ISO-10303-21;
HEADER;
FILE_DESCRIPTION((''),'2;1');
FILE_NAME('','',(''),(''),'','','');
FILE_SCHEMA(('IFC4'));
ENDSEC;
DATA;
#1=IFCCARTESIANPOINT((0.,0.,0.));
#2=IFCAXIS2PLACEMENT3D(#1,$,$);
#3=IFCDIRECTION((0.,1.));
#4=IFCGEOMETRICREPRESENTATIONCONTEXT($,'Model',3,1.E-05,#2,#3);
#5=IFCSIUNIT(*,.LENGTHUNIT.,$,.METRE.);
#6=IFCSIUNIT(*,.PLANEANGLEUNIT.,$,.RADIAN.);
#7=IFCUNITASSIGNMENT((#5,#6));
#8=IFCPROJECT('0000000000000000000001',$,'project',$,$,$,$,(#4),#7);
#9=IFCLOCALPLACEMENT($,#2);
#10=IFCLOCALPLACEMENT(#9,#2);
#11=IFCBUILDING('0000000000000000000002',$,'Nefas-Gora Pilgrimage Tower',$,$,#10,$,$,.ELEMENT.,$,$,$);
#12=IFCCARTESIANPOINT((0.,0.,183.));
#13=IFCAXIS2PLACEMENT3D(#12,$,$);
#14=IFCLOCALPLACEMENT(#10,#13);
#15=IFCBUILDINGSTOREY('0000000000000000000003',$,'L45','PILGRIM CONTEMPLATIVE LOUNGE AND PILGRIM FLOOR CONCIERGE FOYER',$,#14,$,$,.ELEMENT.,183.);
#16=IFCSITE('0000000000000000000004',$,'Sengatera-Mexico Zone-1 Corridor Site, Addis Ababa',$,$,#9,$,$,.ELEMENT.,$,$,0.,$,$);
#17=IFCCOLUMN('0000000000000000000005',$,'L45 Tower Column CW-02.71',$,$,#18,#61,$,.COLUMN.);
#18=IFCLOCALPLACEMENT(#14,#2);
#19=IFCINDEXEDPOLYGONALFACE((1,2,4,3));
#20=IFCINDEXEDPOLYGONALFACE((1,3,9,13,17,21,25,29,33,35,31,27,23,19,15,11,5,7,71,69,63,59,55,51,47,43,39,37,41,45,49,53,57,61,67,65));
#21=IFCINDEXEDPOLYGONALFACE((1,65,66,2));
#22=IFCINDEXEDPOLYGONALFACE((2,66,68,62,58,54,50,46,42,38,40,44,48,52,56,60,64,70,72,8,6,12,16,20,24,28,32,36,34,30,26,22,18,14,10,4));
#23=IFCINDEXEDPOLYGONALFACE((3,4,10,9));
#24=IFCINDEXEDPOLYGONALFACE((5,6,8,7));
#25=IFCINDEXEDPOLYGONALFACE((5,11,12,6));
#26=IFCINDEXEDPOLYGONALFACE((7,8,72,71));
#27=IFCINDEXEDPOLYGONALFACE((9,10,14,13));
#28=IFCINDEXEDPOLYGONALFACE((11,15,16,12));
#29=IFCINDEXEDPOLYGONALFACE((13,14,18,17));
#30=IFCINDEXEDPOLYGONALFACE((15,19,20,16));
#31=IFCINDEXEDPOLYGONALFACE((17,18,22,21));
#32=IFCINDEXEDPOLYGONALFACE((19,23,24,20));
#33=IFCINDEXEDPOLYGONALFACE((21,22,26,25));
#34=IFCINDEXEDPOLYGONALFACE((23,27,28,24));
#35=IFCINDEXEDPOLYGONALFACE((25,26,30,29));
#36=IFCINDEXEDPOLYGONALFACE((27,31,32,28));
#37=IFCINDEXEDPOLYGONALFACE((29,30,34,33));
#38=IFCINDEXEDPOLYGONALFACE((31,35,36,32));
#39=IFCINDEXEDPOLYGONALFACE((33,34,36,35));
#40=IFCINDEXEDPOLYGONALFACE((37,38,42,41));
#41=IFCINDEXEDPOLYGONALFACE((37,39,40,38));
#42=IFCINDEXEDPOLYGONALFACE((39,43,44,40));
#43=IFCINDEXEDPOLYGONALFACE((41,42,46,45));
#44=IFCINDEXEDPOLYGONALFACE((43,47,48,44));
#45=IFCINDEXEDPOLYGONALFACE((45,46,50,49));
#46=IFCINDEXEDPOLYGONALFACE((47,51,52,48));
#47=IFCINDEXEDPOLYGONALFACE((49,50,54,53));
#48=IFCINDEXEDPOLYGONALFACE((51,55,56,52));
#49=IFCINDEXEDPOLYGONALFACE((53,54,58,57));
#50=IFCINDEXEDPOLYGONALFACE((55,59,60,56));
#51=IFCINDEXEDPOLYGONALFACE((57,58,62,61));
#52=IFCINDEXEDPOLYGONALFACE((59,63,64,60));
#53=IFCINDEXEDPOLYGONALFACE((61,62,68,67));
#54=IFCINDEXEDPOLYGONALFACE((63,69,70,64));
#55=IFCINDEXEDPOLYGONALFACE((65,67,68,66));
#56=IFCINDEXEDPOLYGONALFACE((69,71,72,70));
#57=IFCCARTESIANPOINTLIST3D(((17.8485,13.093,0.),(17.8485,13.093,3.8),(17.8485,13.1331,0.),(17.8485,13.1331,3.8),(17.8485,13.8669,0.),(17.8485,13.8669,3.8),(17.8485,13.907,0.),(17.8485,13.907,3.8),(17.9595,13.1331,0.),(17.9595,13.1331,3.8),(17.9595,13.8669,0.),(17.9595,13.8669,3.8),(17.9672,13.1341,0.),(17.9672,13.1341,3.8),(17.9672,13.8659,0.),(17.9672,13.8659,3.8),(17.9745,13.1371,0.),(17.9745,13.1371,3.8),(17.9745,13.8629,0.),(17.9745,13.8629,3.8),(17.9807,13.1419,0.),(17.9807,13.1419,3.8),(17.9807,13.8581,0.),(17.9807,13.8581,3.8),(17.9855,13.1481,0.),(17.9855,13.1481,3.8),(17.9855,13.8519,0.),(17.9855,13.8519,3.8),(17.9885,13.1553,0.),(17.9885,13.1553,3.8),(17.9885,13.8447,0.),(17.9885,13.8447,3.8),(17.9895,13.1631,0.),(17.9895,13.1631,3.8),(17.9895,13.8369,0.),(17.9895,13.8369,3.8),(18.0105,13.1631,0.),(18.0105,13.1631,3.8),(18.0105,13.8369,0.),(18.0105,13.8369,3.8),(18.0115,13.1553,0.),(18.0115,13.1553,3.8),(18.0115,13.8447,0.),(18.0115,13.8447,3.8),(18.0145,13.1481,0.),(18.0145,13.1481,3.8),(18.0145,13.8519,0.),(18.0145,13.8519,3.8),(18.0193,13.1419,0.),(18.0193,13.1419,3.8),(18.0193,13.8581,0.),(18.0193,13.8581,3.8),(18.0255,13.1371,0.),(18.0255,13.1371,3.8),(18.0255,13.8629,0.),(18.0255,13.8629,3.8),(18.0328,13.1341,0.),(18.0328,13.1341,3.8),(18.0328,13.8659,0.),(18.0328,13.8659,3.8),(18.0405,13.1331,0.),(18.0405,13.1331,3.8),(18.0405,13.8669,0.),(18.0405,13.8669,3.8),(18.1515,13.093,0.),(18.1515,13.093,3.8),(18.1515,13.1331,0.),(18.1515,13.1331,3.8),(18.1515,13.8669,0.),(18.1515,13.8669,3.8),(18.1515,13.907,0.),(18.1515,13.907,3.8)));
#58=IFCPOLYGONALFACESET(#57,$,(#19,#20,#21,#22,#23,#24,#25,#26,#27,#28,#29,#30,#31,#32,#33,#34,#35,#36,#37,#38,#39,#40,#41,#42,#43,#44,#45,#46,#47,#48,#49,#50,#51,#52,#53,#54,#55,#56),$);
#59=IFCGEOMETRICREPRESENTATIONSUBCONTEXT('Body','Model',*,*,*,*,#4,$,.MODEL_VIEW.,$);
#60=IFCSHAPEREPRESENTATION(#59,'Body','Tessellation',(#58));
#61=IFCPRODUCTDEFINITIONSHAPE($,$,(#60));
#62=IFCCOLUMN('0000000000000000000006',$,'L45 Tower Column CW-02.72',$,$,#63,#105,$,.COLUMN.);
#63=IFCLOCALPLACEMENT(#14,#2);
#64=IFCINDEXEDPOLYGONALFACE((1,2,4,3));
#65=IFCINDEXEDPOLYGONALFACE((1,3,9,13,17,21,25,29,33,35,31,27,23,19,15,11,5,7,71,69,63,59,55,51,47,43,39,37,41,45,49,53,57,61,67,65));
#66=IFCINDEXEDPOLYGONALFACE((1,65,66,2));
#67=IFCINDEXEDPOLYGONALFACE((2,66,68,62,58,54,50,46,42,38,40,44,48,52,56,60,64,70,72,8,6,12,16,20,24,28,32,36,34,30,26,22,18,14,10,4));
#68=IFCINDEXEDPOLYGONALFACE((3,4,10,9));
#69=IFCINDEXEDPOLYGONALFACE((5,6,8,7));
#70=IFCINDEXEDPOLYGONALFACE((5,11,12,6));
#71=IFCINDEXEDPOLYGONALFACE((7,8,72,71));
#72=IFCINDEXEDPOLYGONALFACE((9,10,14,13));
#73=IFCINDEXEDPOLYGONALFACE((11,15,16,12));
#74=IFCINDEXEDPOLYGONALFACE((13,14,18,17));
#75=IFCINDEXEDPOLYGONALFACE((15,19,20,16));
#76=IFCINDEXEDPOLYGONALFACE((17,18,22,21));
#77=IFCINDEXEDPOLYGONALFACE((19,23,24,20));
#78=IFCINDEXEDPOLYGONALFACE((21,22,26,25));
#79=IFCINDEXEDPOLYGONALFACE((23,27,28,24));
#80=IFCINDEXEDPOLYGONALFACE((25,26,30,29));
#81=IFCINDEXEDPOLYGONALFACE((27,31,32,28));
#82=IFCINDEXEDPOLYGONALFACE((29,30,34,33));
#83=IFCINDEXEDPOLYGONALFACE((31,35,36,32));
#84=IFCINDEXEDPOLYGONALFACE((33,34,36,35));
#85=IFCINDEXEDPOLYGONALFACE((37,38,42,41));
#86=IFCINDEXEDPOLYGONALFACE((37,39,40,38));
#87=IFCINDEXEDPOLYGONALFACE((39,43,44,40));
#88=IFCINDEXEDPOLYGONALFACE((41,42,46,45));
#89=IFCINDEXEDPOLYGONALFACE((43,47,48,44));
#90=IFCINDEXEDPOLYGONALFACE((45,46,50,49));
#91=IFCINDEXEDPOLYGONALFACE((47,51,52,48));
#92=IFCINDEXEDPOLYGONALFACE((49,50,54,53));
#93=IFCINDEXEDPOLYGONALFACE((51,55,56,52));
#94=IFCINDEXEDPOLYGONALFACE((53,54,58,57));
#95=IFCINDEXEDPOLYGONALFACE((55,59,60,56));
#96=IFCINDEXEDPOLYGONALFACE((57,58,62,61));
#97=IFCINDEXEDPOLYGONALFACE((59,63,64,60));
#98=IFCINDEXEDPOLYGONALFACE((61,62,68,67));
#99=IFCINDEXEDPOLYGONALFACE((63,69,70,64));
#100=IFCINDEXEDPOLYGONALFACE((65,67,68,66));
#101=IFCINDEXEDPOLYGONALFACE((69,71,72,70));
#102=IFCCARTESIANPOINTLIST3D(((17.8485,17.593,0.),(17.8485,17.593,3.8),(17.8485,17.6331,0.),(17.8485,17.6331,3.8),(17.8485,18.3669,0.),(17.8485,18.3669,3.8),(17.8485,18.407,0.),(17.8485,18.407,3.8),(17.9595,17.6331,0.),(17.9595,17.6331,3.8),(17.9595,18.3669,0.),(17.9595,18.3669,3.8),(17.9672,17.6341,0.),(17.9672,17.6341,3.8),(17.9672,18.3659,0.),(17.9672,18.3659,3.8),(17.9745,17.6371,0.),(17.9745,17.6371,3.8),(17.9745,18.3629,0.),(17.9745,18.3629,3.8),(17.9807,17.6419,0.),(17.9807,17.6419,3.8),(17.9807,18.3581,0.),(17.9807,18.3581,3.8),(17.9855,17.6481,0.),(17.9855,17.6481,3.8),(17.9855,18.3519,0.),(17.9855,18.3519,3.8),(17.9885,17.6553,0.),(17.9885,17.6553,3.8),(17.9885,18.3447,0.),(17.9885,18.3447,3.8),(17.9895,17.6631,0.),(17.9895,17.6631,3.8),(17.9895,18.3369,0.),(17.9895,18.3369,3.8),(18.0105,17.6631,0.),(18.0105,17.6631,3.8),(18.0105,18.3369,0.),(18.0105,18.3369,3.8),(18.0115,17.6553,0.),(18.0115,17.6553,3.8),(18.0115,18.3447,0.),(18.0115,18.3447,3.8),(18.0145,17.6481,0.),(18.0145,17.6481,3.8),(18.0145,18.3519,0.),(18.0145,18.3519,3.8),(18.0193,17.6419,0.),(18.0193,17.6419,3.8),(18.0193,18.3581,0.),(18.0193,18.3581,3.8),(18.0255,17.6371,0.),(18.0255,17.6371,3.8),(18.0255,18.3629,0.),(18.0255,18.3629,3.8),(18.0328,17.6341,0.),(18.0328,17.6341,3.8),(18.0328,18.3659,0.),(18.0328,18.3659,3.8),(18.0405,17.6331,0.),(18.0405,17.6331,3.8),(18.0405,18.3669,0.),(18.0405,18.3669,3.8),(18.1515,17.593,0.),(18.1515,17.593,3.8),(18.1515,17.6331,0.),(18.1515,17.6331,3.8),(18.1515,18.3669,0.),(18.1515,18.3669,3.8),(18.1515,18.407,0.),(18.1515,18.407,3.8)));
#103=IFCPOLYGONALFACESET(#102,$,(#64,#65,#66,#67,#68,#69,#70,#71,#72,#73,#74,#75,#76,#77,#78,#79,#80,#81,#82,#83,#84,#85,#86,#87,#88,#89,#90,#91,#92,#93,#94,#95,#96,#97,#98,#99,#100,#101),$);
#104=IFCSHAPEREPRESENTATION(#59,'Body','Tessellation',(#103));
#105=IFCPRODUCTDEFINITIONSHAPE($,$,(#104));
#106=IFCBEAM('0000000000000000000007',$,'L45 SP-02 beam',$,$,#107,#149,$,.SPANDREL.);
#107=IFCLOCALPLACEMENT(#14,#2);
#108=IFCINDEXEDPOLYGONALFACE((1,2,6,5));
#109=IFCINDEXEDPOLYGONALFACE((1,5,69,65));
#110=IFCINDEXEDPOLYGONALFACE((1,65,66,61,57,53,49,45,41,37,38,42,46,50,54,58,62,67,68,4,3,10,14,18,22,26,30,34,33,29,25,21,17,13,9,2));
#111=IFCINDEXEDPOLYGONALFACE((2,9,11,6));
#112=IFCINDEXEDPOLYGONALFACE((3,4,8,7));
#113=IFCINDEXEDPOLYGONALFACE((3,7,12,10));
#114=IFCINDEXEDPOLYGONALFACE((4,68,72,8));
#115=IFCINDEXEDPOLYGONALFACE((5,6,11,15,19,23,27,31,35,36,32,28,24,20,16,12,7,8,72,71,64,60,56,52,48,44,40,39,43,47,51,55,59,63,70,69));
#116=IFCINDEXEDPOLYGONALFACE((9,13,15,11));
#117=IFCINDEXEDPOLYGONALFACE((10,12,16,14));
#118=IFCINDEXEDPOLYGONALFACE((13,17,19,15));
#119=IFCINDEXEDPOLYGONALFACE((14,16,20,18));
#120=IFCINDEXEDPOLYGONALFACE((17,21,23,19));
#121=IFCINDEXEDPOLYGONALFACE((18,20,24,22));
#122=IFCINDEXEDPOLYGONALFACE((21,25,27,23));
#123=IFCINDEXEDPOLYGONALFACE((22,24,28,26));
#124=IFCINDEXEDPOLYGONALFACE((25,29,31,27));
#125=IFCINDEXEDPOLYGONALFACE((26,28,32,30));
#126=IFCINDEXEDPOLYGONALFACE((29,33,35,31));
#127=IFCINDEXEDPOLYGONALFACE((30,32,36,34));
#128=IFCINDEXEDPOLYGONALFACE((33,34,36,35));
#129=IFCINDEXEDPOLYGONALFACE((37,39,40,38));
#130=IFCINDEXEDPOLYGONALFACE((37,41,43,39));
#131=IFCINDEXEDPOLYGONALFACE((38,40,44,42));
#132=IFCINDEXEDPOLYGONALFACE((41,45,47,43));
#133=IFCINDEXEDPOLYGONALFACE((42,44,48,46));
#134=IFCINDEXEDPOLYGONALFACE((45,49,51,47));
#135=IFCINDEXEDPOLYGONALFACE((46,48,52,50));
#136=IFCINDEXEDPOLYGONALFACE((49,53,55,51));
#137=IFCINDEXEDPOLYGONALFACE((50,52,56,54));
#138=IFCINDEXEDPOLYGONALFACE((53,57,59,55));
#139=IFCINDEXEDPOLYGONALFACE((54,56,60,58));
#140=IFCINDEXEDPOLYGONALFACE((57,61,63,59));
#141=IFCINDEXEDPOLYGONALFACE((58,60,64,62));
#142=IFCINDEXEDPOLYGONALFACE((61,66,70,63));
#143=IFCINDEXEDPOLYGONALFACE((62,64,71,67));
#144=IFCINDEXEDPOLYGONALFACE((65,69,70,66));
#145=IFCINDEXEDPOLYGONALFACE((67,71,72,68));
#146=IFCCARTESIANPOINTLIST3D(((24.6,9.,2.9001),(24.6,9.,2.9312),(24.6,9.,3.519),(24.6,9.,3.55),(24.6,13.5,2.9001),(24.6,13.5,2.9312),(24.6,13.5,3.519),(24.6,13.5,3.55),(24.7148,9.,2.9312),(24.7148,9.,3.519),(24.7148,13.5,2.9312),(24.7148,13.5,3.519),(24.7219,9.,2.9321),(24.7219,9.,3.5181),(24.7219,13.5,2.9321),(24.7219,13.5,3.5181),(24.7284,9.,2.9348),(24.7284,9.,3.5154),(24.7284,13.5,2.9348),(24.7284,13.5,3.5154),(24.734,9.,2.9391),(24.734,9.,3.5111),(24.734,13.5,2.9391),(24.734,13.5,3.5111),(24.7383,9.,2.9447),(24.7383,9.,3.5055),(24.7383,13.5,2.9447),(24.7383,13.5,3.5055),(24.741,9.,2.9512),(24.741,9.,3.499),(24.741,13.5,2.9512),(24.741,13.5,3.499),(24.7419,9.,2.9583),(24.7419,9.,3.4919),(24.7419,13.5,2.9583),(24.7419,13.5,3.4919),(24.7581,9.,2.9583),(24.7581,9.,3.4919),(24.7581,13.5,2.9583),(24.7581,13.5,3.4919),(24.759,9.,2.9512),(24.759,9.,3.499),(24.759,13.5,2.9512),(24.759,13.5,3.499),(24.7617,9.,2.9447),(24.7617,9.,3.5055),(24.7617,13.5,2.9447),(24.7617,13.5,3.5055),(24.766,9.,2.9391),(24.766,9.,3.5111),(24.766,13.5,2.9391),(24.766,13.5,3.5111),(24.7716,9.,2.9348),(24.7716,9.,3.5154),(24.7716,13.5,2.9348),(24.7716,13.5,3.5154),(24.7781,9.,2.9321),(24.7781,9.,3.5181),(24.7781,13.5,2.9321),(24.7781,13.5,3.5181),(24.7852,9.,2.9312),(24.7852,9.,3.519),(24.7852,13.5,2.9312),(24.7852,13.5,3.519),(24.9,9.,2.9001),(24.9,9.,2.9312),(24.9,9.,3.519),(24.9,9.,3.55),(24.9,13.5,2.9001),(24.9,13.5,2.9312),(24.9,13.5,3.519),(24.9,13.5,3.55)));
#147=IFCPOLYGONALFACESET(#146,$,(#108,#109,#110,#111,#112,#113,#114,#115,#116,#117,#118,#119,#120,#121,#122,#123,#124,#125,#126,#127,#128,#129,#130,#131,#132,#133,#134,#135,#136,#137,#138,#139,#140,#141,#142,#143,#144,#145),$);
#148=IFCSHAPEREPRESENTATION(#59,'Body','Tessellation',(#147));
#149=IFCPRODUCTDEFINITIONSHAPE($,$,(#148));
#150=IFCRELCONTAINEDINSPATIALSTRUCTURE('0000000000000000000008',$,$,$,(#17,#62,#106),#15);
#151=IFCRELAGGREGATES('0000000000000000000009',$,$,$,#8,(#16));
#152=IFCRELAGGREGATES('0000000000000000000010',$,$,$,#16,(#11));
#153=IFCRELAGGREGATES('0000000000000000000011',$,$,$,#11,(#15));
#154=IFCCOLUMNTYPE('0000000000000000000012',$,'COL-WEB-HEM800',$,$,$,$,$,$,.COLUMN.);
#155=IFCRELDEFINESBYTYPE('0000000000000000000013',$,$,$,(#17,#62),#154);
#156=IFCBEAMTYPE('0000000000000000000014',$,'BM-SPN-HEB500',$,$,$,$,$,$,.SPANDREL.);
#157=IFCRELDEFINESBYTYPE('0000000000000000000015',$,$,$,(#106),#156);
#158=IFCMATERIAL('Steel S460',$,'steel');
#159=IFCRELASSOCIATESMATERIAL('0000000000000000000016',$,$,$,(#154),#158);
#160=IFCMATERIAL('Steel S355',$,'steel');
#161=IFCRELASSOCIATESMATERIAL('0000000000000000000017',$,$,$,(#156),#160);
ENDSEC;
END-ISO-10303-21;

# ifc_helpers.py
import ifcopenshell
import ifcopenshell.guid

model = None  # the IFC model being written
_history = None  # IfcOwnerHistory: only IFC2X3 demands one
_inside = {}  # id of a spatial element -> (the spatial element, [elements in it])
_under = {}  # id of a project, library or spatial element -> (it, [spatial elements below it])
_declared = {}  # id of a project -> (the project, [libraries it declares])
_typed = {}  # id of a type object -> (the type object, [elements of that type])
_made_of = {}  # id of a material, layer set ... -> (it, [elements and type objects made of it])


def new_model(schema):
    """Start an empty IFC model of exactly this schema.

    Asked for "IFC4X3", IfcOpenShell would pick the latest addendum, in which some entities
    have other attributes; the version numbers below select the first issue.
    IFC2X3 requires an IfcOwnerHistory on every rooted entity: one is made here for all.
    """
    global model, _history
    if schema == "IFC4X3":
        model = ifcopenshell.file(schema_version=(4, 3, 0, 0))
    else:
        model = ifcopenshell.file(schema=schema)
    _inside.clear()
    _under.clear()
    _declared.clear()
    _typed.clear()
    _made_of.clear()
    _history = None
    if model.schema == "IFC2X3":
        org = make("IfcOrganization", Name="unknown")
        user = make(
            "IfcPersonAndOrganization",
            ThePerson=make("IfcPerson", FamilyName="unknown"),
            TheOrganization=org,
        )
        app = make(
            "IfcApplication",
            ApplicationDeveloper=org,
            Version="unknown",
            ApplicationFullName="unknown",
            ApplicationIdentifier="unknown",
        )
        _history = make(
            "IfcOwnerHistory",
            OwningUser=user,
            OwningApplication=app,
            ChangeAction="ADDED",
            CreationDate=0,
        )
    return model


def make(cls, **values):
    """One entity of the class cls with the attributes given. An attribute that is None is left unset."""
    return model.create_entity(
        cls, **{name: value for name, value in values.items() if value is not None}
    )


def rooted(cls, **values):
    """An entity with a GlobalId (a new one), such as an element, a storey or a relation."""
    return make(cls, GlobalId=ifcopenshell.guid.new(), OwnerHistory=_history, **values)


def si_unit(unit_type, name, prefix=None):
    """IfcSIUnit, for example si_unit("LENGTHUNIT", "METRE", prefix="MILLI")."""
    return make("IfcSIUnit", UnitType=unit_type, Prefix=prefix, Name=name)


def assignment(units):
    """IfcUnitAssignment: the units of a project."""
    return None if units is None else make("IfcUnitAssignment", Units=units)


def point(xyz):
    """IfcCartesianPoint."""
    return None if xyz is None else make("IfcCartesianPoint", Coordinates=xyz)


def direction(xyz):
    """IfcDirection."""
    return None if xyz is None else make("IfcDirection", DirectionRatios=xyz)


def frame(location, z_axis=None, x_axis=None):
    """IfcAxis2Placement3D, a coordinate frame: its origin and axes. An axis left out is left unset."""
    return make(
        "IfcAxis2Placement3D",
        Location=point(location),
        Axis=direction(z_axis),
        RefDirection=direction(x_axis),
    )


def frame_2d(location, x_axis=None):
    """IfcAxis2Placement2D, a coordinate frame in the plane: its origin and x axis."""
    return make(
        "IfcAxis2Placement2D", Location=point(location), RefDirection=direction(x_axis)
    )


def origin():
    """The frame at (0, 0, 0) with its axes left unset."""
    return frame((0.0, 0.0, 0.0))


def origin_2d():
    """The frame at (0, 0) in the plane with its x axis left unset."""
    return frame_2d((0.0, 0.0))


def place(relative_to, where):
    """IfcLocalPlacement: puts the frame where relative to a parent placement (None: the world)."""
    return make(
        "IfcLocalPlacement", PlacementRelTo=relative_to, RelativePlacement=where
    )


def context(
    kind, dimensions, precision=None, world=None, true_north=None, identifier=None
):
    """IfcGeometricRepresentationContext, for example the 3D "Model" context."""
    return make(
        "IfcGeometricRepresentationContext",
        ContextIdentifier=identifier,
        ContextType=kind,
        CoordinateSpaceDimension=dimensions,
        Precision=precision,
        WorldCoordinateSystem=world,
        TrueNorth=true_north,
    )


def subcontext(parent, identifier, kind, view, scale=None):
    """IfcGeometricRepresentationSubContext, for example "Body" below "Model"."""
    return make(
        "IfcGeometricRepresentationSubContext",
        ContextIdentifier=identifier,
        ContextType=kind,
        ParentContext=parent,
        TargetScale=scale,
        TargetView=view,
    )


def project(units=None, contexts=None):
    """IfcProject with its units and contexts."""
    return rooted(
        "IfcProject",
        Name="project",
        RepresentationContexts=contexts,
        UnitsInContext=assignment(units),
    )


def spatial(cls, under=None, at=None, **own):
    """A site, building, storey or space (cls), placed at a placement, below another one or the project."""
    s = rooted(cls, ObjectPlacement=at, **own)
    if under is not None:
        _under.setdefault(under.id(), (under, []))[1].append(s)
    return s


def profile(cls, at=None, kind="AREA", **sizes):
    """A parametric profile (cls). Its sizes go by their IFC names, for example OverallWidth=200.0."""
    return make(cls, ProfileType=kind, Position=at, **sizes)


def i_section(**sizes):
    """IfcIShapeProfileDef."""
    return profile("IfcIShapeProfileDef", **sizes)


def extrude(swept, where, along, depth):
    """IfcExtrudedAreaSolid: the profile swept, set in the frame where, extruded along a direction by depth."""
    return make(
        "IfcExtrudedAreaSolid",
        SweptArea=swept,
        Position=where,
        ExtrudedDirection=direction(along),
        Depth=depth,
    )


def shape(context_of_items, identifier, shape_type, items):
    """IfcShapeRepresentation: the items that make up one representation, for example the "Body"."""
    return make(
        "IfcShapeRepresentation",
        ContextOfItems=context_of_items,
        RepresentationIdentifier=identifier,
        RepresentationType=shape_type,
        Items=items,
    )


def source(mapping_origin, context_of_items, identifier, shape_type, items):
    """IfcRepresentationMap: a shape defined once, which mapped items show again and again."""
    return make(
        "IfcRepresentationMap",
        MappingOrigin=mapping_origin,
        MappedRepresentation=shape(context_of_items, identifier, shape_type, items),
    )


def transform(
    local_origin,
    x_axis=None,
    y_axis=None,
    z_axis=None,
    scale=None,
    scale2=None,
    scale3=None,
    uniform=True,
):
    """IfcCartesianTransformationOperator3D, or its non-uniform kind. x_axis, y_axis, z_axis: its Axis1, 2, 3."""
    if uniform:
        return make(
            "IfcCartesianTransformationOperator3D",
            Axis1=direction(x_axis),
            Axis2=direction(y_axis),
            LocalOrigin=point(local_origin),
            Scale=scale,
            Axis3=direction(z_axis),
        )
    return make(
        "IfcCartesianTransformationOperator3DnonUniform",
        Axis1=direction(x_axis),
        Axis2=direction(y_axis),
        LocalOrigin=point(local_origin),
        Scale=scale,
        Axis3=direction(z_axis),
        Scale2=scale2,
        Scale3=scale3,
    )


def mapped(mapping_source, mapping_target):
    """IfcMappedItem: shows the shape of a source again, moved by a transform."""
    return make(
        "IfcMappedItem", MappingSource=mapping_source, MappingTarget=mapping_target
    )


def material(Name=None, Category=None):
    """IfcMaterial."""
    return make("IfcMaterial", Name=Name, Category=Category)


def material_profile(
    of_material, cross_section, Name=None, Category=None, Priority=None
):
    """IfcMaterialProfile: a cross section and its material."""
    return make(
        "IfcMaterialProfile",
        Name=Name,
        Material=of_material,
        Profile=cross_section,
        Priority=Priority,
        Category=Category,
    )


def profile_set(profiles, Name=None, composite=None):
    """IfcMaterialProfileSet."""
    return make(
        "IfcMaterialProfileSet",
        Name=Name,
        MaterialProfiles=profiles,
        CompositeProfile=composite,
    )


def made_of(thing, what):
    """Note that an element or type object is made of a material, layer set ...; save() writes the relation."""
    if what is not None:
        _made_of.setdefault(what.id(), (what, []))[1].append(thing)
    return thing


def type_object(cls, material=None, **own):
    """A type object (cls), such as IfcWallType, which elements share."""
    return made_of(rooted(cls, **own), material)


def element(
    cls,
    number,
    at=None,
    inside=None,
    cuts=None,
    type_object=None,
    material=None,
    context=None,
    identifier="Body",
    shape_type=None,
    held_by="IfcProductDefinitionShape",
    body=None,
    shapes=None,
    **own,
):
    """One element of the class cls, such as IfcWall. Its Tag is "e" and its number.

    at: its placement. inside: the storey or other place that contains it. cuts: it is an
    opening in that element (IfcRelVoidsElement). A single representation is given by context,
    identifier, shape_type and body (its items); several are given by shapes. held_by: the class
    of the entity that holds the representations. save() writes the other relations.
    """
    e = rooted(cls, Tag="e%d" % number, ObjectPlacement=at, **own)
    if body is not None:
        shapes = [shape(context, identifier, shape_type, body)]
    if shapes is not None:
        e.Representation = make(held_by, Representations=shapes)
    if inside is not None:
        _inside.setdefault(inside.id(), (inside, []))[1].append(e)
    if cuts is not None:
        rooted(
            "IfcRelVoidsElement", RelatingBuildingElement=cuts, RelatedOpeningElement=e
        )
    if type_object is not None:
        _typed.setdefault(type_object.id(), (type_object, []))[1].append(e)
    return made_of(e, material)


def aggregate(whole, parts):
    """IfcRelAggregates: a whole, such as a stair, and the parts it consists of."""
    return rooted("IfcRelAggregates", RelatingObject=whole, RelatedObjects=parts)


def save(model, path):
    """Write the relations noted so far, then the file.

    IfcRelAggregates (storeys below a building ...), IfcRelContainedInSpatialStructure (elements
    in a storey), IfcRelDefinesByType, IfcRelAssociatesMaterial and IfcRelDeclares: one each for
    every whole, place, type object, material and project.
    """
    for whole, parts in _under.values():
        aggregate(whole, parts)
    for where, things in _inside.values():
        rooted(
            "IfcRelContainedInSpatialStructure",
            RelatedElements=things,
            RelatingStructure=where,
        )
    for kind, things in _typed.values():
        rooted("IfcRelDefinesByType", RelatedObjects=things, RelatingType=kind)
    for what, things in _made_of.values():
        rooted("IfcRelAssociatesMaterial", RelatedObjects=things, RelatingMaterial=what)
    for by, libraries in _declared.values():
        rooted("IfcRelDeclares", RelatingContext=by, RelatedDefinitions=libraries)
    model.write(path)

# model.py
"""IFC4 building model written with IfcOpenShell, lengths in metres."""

from ifc_helpers import new_model, si_unit, direction, frame, origin, origin_2d, place, context, subcontext, project, spatial, i_section, extrude, source, transform, mapped, material, material_profile, profile_set, type_object, element, save


model = new_model("IFC4")

# Units and contexts
model_context = context("Model", 3, precision=1e-05, world=origin(), true_north=direction((0.0, 1.0)))
body_context = subcontext(model_context, "Body", "Model", "MODEL_VIEW")
ifc_project = project(units=[si_unit("LENGTHUNIT", "METRE"), si_unit("PLANEANGLEUNIT", "RADIAN")], contexts=[model_context])

# Site, building, storey
site_placement = place(None, origin())
site = spatial("IfcSite", under=ifc_project, at=site_placement, Name="Sengatera-Mexico Zone-1 Corridor Site, Addis Ababa", CompositionType="ELEMENT", RefElevation=0.0)
building_placement = place(site_placement, origin())
building = spatial("IfcBuilding", under=site, at=building_placement, Name="Nefas-Gora Pilgrimage Tower", CompositionType="ELEMENT")
storey_placement = place(building_placement, frame((0.0, 0.0, 183.0)))
storey = spatial("IfcBuildingStorey", under=building, at=storey_placement, Name="L45", Description="PILGRIM CONTEMPLATIVE LOUNGE AND PILGRIM FLOOR CONCIERGE FOYER", CompositionType="ELEMENT", Elevation=183.0)

# Columns
ifc_material_1 = material(Name="Steel S460", Category="steel")
ifc_material_profile_1 = material_profile(ifc_material_1, i_section(OverallWidth=0.303, OverallDepth=0.814, WebThickness=0.021, FlangeThickness=0.04, FilletRadius=0.03, at=origin_2d()), Name="HEM 800")
ifc_profile_set_1 = profile_set([ifc_material_profile_1], Name="Steel S460")
column_type_1 = type_object("IfcColumnType", Name="COL-WEB-HEM800", PredefinedType="COLUMN", material=ifc_profile_set_1)
shared_shape_1 = source(origin(), body_context, "Body", "SweptSolid", [
    extrude(i_section(OverallWidth=0.303, OverallDepth=0.814, WebThickness=0.021, FlangeThickness=0.04, FilletRadius=0.03, at=origin_2d()), origin(), (0.0, 0.0, 1.0), 3.8),
])
for number, where, z_axis, x_axis, name in (
    (1, (18.0, 13.5, 0.0), (0.0, 0.0, 1.0), (1.0, 0.0, 0.0), "L45 Tower Column CW-02.71"),
    (2, (18.0, 18.0, 0.0), (0.0, 0.0, 1.0), (1.0, 0.0, 0.0), "L45 Tower Column CW-02.72"),
):
    element("IfcColumn", number, at=place(storey_placement, frame(where, z_axis=z_axis, x_axis=x_axis)), inside=storey, type_object=column_type_1, Name=name, PredefinedType="COLUMN", context=body_context, shape_type="MappedRepresentation", body=[
        mapped(shared_shape_1, transform((0.0, 0.0, 0.0), x_axis=(1.0, 0.0, 0.0), y_axis=(0.0, 1.0, 0.0), z_axis=(0.0, 0.0, 1.0), scale=1.0)),
    ])

# Beam
ifc_material_2 = material(Name="Steel S355", Category="steel")
ifc_material_profile_2 = material_profile(ifc_material_2, i_section(OverallWidth=0.3, OverallDepth=0.6499, WebThickness=0.0161, FlangeThickness=0.031, FilletRadius=0.0271, at=origin_2d()), Name="HEB 650")
ifc_profile_set_2 = profile_set([ifc_material_profile_2], Name="Steel S355")
beam_type_1 = type_object("IfcBeamType", Name="BM-SPN-HEB500", PredefinedType="SPANDREL", material=ifc_profile_set_2)
shared_shape_2 = source(origin(), body_context, "Body", "SweptSolid", [
    extrude(i_section(OverallWidth=0.3, OverallDepth=0.6499, WebThickness=0.0161, FlangeThickness=0.031, FilletRadius=0.0271, at=origin_2d()), origin(), (0.0, 0.0, 1.0), 4.5),
])
beam_1_placement = place(storey_placement, frame((24.75, 9.0, 3.2251), z_axis=(0.0, 1.0, 0.0), x_axis=(-1.0, 0.0, 0.0)))
element("IfcBeam", 3, at=beam_1_placement, inside=storey, type_object=beam_type_1, Name="L45 SP-02 beam", PredefinedType="SPANDREL", context=body_context, shape_type="MappedRepresentation", body=[
    mapped(shared_shape_2, transform((0.0, 0.0, 0.0), x_axis=(1.0, 0.0, 0.0), y_axis=(0.0, 1.0, 0.0), z_axis=(0.0, 0.0, 1.0), scale=1.0)),
])

save(model, "model.ifc")
